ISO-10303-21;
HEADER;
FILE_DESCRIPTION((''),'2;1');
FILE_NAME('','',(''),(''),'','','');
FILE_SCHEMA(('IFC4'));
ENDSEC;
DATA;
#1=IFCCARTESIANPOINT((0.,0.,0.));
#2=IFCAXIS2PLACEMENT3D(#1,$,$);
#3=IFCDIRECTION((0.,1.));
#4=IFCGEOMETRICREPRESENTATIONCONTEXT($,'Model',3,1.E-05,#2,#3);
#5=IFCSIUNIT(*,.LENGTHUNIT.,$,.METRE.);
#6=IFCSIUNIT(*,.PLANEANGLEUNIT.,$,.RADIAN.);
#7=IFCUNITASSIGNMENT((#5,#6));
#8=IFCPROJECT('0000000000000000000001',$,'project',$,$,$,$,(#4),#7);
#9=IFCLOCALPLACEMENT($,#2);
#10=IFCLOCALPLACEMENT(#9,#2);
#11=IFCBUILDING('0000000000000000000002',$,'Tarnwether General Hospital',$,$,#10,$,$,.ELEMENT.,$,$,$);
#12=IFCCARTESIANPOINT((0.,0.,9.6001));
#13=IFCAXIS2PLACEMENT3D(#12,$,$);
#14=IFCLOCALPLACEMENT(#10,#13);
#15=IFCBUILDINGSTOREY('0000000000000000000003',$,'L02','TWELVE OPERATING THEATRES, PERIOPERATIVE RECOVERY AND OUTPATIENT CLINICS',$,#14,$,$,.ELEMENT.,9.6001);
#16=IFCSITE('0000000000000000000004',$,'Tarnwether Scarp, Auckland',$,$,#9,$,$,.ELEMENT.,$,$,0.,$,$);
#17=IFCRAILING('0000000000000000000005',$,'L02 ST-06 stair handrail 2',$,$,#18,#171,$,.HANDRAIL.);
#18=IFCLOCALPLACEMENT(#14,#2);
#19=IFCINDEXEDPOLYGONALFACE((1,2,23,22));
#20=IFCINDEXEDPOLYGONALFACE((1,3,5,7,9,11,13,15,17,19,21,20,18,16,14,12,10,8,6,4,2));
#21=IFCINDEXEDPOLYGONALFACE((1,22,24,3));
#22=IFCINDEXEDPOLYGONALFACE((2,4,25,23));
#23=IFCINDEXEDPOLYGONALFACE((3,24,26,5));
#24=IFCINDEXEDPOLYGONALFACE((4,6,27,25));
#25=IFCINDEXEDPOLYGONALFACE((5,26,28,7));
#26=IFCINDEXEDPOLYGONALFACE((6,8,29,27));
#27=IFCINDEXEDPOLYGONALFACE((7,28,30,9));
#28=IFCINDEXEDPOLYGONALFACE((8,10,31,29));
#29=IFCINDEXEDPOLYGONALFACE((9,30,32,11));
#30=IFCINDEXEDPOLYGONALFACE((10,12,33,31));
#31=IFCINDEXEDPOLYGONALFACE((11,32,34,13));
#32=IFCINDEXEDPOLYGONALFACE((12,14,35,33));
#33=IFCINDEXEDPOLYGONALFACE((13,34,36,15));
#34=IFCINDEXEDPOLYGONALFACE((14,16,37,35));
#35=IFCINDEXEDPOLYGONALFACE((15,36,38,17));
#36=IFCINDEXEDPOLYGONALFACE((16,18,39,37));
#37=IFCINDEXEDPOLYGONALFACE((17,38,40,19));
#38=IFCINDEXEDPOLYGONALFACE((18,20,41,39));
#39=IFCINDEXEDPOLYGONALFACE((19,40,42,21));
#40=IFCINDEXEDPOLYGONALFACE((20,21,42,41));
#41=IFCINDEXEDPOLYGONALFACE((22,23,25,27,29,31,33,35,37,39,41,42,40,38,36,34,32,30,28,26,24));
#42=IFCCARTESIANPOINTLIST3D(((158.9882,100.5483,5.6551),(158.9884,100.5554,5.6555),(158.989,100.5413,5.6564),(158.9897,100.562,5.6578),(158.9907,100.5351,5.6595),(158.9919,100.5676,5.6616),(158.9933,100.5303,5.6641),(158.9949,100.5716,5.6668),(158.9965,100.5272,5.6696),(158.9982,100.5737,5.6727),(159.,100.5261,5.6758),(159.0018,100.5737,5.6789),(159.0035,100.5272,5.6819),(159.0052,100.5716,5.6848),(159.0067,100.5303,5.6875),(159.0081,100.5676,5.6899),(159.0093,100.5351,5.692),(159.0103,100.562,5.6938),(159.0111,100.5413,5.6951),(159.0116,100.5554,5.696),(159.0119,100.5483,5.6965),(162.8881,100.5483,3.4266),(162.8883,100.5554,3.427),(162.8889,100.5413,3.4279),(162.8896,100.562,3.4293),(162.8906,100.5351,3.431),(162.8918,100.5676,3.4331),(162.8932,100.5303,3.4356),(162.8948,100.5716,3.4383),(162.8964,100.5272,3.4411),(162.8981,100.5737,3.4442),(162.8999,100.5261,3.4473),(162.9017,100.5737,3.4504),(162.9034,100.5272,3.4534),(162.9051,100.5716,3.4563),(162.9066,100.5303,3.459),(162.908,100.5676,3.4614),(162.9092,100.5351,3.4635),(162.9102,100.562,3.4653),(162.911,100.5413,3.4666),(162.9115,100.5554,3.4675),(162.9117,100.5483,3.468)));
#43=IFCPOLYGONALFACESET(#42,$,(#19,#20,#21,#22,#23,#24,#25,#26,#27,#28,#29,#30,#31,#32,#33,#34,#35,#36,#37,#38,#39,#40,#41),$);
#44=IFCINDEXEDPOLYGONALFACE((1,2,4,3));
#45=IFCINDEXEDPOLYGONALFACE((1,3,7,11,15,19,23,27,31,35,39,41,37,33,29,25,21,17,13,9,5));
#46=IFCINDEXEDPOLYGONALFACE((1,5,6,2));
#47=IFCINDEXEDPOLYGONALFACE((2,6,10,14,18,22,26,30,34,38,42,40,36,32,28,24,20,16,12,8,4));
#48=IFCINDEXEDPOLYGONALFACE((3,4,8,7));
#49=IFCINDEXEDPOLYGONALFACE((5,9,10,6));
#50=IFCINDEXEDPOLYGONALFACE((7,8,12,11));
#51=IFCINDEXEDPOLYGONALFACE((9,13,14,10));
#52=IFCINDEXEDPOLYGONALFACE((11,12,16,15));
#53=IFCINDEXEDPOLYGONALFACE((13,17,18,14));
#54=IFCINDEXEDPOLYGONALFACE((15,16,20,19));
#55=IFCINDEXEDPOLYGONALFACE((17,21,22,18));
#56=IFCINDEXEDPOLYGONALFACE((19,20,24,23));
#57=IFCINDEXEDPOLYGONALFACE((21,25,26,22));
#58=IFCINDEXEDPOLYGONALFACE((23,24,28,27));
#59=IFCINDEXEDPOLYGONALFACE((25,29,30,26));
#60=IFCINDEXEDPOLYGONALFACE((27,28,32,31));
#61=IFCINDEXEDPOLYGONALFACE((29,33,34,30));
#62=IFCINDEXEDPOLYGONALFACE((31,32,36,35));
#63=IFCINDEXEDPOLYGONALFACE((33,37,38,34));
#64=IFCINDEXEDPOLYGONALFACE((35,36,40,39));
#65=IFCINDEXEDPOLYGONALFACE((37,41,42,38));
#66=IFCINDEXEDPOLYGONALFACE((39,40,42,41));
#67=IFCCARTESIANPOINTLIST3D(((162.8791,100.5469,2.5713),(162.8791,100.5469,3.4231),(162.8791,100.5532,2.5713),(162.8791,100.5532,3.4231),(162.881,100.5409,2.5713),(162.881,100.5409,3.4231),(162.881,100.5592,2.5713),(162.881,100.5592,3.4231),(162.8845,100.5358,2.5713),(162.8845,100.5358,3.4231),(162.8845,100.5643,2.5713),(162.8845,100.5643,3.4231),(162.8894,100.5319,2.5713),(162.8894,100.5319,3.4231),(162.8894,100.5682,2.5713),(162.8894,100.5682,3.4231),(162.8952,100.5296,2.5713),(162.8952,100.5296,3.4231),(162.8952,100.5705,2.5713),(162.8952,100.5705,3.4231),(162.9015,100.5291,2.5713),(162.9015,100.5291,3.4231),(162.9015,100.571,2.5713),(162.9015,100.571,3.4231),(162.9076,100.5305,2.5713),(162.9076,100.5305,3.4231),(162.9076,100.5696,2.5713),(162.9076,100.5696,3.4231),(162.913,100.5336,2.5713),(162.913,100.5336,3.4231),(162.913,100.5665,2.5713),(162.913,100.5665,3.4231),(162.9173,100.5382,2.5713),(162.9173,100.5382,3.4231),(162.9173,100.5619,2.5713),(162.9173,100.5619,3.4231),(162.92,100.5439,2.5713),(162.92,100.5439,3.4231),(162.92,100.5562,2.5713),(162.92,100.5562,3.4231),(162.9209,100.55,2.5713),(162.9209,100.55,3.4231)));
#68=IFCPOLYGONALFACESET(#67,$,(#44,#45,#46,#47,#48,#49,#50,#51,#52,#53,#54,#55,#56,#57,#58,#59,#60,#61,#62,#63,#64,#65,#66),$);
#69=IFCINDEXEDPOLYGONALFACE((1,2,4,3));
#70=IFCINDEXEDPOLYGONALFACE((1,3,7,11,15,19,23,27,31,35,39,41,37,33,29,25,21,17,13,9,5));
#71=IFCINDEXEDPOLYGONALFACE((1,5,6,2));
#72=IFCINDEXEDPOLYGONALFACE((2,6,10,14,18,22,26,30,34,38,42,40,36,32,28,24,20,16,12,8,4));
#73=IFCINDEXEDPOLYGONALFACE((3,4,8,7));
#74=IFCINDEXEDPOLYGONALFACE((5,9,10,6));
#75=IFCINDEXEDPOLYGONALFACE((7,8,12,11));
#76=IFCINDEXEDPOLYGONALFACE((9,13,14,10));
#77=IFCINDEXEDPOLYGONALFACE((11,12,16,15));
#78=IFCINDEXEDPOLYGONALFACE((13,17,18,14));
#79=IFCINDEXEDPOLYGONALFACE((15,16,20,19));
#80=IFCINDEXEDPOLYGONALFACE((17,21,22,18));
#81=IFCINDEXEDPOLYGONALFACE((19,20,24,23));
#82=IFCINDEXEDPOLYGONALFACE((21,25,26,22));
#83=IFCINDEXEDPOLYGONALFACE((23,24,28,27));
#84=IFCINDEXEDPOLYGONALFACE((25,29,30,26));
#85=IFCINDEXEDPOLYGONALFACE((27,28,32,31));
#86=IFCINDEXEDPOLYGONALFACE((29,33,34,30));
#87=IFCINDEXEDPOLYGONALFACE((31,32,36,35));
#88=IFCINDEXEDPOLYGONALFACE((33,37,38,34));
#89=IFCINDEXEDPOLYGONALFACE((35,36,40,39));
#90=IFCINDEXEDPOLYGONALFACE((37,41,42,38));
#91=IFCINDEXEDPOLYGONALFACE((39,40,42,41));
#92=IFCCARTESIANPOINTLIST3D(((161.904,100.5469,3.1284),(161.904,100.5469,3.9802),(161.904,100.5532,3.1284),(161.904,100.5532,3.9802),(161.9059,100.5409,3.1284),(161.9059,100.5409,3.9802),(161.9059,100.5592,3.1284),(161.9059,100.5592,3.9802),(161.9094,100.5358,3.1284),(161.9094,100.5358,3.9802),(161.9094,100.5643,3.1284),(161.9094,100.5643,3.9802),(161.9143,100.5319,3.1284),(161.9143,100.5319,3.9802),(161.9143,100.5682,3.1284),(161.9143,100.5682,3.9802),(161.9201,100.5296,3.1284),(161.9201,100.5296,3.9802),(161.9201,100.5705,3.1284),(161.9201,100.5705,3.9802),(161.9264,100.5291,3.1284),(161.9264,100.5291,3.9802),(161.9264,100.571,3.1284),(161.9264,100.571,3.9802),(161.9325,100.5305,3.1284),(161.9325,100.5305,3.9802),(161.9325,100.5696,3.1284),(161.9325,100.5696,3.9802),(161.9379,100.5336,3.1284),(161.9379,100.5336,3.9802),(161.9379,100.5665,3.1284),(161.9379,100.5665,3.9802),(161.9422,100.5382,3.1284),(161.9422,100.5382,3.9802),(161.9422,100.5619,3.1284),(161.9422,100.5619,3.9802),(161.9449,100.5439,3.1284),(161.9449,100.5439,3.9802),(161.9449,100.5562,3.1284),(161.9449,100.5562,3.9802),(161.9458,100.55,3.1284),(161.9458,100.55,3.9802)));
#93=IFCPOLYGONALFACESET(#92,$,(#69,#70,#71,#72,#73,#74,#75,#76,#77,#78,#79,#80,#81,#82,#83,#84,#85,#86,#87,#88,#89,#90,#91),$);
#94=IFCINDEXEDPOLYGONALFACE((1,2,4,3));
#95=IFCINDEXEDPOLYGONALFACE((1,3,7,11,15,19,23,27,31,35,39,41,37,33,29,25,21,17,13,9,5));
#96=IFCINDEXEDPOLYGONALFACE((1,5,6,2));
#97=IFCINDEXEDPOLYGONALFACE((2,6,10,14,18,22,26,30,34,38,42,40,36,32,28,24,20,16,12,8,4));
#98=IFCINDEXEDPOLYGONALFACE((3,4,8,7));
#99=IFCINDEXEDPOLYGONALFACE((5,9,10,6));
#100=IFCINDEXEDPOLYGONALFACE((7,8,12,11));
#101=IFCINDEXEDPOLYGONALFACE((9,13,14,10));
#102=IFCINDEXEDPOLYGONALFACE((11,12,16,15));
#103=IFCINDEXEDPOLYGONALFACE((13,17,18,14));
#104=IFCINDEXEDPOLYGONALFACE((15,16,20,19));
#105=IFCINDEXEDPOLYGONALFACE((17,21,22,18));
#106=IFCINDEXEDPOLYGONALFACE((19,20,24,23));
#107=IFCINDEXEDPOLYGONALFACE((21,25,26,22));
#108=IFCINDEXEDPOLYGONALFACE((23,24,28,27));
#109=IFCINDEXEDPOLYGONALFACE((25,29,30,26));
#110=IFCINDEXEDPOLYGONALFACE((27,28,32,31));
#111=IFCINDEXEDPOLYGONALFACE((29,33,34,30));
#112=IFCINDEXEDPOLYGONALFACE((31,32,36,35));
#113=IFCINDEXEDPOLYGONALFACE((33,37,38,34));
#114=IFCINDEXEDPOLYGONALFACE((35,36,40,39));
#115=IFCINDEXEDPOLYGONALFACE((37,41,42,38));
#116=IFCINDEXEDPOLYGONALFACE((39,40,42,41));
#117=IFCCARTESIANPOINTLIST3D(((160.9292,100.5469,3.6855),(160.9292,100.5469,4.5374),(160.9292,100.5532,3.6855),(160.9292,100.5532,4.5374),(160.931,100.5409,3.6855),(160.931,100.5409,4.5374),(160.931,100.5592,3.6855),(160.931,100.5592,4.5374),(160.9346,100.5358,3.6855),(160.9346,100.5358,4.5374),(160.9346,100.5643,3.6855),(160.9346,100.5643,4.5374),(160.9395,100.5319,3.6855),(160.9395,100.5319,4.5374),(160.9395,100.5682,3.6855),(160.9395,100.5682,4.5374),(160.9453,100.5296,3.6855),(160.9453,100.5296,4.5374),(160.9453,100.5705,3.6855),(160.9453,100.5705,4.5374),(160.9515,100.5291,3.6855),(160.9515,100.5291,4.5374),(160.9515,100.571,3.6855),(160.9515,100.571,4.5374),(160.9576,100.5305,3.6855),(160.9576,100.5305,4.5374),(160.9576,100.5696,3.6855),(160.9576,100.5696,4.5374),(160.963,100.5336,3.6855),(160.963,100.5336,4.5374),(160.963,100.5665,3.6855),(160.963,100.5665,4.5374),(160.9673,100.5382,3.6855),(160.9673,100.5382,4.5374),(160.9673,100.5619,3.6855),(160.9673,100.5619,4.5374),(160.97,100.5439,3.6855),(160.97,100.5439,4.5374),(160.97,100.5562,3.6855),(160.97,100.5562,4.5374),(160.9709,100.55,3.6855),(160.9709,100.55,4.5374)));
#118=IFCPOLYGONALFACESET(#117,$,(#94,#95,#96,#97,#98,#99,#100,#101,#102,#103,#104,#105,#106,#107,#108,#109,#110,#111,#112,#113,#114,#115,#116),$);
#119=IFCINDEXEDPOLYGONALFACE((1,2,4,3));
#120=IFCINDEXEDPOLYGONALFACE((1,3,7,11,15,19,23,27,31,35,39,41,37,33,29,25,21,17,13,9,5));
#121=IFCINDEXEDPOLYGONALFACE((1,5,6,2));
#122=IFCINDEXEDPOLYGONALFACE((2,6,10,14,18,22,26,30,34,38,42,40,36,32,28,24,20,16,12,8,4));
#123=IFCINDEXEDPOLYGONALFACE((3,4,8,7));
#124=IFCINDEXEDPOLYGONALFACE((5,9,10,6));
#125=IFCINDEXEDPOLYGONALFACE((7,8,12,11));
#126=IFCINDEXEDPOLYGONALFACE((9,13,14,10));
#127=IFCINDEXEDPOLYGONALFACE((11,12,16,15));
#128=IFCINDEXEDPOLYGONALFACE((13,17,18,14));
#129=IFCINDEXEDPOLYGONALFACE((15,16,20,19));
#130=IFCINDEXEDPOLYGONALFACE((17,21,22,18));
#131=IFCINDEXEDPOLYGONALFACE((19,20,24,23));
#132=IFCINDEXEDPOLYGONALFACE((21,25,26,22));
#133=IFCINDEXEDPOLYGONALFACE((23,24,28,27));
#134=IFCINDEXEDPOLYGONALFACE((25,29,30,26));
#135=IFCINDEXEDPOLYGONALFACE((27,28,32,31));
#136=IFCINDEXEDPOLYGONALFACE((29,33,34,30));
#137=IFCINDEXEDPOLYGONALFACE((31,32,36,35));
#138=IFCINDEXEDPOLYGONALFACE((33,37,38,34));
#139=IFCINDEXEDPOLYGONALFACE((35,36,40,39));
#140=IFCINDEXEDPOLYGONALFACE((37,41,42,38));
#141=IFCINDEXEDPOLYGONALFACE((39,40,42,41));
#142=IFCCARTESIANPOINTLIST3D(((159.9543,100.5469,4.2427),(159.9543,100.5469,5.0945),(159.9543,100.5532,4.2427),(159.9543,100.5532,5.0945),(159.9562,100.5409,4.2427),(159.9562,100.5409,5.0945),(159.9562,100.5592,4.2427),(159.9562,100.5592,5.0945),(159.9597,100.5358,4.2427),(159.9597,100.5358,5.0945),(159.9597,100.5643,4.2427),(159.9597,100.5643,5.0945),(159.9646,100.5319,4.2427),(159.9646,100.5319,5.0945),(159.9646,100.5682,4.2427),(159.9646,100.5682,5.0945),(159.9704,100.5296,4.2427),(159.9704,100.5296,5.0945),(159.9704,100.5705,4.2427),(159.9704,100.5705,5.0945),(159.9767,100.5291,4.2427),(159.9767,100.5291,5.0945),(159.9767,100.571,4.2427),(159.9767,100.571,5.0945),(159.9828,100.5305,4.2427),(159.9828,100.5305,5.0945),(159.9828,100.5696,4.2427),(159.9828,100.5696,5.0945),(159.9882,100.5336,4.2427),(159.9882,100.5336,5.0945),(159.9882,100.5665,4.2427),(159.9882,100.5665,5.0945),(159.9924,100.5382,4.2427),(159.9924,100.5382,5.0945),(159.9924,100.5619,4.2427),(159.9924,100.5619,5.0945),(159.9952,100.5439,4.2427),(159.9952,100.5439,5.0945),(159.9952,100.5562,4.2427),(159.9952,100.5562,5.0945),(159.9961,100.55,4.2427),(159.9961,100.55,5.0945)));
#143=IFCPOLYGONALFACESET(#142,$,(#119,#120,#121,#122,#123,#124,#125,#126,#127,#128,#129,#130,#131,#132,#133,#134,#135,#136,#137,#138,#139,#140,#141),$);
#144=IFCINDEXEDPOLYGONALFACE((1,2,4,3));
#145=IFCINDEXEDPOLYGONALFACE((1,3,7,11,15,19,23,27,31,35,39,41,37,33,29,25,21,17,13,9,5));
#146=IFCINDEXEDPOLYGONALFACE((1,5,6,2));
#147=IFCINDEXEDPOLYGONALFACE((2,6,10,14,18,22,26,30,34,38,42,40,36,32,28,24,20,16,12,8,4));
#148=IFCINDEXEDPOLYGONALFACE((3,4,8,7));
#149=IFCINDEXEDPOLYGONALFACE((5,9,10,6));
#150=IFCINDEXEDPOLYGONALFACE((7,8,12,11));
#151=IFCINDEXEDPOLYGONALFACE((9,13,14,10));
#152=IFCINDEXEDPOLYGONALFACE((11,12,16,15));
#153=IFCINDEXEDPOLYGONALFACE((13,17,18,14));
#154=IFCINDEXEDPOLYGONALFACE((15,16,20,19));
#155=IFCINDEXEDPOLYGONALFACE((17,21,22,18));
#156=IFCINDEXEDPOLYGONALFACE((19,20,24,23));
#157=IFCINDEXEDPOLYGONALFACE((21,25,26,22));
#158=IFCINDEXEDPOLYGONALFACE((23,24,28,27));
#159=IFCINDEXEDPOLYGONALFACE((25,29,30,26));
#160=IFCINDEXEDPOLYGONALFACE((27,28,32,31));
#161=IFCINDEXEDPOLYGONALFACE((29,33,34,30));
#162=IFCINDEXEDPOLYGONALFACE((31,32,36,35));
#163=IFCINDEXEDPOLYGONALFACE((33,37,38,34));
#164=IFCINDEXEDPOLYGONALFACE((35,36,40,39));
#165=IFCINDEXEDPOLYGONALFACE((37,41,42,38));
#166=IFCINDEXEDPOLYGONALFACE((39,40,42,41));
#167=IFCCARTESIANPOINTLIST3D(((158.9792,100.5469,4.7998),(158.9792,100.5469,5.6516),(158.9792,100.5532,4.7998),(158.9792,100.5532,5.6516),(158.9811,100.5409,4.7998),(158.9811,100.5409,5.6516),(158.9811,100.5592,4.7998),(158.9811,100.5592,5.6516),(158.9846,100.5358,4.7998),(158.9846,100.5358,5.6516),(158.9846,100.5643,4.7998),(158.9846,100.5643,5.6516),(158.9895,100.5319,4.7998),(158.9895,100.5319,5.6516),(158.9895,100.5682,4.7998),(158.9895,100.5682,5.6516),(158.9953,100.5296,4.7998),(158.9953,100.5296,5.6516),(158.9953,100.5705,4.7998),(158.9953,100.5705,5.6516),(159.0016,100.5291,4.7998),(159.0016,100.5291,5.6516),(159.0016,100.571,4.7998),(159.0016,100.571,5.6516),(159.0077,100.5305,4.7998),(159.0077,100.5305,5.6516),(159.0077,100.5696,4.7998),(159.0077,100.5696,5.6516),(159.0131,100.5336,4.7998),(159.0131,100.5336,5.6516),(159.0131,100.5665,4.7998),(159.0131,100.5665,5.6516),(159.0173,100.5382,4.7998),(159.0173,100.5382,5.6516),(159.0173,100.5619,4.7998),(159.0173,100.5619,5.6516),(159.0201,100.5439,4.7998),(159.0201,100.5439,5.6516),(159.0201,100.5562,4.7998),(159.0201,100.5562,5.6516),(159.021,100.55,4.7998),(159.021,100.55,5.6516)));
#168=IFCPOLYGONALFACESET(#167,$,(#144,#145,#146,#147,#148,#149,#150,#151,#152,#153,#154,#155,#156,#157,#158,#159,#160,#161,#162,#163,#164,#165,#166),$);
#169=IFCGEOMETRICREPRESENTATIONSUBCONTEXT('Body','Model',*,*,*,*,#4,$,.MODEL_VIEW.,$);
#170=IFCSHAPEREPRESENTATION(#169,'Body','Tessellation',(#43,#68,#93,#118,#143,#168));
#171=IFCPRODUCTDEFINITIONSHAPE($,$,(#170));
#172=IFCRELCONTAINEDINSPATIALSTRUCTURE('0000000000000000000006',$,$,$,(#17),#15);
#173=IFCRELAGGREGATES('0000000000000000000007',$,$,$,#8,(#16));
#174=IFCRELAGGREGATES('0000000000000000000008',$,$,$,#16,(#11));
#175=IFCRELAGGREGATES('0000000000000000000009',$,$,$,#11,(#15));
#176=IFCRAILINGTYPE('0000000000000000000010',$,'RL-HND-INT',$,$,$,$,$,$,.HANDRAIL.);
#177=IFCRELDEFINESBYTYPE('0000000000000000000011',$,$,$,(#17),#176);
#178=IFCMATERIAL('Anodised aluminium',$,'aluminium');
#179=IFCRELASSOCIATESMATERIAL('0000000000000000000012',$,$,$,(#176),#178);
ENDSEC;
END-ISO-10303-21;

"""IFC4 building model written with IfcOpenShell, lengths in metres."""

from ifc_helpers import new_model, si_unit, direction, frame, origin, origin_2d, place, context, subcontext, project, spatial, circle, extrude, material, type_object, element, save


model = new_model("IFC4")

# Units and contexts
model_context = context("Model", 3, precision=1e-05, world=origin(), true_north=direction((0.0, 1.0)))
body_context = subcontext(model_context, "Body", "Model", "MODEL_VIEW")
ifc_project = project(units=[si_unit("LENGTHUNIT", "METRE"), si_unit("PLANEANGLEUNIT", "RADIAN")], contexts=[model_context])

# Site, building, storey
site_placement = place(None, origin())
site = spatial("IfcSite", under=ifc_project, at=site_placement, Name="Tarnwether Scarp, Auckland", CompositionType="ELEMENT", RefElevation=0.0)
building_placement = place(site_placement, origin())
building = spatial("IfcBuilding", under=site, at=building_placement, Name="Tarnwether General Hospital", CompositionType="ELEMENT")
storey_placement = place(building_placement, frame((0.0, 0.0, 9.6001)))
storey = spatial("IfcBuildingStorey", under=building, at=storey_placement, Name="L02", Description="TWELVE OPERATING THEATRES, PERIOPERATIVE RECOVERY AND OUTPATIENT CLINICS", CompositionType="ELEMENT", Elevation=9.6001)

# Railing
ifc_material_1 = material(Name="Anodised aluminium", Category="aluminium")
railing_type_1 = type_object("IfcRailingType", Name="RL-HND-INT", PredefinedType="HANDRAIL", material=ifc_material_1)
railing_1_placement = place(storey_placement, frame((162.8999, 100.55, 2.5713)))
element("IfcRailing", 1, at=railing_1_placement, inside=storey, type_object=railing_type_1, Name="L02 ST-06 stair handrail 2", PredefinedType="HANDRAIL", context=body_context, shape_type="SweptSolid", body=[
    extrude(circle(Radius=0.0239, at=origin_2d()), frame((0.0, 0.0, 0.876), z_axis=(-0.868243, 0.0, 0.496139), x_axis=(0.0, -1.0, 0.0)), (0.0, 0.0, 1.0), 4.4917),
    extrude(circle(Radius=0.021, at=origin_2d()), origin(), (0.0, 0.0, 1.0), 0.8518),
    extrude(circle(Radius=0.021, at=origin_2d()), frame((-0.9751, 0.0, 0.5571)), (0.0, 0.0, 1.0), 0.8518),
    extrude(circle(Radius=0.021, at=origin_2d()), frame((-1.95, 0.0, 1.1143)), (0.0, 0.0, 1.0), 0.8518),
    extrude(circle(Radius=0.021, at=origin_2d()), frame((-2.9248, 0.0, 1.6714)), (0.0, 0.0, 1.0), 0.8518),
    extrude(circle(Radius=0.021, at=origin_2d()), frame((-3.8999, 0.0, 2.2285)), (0.0, 0.0, 1.0), 0.8518),
])

save(model, "model.ifc")
